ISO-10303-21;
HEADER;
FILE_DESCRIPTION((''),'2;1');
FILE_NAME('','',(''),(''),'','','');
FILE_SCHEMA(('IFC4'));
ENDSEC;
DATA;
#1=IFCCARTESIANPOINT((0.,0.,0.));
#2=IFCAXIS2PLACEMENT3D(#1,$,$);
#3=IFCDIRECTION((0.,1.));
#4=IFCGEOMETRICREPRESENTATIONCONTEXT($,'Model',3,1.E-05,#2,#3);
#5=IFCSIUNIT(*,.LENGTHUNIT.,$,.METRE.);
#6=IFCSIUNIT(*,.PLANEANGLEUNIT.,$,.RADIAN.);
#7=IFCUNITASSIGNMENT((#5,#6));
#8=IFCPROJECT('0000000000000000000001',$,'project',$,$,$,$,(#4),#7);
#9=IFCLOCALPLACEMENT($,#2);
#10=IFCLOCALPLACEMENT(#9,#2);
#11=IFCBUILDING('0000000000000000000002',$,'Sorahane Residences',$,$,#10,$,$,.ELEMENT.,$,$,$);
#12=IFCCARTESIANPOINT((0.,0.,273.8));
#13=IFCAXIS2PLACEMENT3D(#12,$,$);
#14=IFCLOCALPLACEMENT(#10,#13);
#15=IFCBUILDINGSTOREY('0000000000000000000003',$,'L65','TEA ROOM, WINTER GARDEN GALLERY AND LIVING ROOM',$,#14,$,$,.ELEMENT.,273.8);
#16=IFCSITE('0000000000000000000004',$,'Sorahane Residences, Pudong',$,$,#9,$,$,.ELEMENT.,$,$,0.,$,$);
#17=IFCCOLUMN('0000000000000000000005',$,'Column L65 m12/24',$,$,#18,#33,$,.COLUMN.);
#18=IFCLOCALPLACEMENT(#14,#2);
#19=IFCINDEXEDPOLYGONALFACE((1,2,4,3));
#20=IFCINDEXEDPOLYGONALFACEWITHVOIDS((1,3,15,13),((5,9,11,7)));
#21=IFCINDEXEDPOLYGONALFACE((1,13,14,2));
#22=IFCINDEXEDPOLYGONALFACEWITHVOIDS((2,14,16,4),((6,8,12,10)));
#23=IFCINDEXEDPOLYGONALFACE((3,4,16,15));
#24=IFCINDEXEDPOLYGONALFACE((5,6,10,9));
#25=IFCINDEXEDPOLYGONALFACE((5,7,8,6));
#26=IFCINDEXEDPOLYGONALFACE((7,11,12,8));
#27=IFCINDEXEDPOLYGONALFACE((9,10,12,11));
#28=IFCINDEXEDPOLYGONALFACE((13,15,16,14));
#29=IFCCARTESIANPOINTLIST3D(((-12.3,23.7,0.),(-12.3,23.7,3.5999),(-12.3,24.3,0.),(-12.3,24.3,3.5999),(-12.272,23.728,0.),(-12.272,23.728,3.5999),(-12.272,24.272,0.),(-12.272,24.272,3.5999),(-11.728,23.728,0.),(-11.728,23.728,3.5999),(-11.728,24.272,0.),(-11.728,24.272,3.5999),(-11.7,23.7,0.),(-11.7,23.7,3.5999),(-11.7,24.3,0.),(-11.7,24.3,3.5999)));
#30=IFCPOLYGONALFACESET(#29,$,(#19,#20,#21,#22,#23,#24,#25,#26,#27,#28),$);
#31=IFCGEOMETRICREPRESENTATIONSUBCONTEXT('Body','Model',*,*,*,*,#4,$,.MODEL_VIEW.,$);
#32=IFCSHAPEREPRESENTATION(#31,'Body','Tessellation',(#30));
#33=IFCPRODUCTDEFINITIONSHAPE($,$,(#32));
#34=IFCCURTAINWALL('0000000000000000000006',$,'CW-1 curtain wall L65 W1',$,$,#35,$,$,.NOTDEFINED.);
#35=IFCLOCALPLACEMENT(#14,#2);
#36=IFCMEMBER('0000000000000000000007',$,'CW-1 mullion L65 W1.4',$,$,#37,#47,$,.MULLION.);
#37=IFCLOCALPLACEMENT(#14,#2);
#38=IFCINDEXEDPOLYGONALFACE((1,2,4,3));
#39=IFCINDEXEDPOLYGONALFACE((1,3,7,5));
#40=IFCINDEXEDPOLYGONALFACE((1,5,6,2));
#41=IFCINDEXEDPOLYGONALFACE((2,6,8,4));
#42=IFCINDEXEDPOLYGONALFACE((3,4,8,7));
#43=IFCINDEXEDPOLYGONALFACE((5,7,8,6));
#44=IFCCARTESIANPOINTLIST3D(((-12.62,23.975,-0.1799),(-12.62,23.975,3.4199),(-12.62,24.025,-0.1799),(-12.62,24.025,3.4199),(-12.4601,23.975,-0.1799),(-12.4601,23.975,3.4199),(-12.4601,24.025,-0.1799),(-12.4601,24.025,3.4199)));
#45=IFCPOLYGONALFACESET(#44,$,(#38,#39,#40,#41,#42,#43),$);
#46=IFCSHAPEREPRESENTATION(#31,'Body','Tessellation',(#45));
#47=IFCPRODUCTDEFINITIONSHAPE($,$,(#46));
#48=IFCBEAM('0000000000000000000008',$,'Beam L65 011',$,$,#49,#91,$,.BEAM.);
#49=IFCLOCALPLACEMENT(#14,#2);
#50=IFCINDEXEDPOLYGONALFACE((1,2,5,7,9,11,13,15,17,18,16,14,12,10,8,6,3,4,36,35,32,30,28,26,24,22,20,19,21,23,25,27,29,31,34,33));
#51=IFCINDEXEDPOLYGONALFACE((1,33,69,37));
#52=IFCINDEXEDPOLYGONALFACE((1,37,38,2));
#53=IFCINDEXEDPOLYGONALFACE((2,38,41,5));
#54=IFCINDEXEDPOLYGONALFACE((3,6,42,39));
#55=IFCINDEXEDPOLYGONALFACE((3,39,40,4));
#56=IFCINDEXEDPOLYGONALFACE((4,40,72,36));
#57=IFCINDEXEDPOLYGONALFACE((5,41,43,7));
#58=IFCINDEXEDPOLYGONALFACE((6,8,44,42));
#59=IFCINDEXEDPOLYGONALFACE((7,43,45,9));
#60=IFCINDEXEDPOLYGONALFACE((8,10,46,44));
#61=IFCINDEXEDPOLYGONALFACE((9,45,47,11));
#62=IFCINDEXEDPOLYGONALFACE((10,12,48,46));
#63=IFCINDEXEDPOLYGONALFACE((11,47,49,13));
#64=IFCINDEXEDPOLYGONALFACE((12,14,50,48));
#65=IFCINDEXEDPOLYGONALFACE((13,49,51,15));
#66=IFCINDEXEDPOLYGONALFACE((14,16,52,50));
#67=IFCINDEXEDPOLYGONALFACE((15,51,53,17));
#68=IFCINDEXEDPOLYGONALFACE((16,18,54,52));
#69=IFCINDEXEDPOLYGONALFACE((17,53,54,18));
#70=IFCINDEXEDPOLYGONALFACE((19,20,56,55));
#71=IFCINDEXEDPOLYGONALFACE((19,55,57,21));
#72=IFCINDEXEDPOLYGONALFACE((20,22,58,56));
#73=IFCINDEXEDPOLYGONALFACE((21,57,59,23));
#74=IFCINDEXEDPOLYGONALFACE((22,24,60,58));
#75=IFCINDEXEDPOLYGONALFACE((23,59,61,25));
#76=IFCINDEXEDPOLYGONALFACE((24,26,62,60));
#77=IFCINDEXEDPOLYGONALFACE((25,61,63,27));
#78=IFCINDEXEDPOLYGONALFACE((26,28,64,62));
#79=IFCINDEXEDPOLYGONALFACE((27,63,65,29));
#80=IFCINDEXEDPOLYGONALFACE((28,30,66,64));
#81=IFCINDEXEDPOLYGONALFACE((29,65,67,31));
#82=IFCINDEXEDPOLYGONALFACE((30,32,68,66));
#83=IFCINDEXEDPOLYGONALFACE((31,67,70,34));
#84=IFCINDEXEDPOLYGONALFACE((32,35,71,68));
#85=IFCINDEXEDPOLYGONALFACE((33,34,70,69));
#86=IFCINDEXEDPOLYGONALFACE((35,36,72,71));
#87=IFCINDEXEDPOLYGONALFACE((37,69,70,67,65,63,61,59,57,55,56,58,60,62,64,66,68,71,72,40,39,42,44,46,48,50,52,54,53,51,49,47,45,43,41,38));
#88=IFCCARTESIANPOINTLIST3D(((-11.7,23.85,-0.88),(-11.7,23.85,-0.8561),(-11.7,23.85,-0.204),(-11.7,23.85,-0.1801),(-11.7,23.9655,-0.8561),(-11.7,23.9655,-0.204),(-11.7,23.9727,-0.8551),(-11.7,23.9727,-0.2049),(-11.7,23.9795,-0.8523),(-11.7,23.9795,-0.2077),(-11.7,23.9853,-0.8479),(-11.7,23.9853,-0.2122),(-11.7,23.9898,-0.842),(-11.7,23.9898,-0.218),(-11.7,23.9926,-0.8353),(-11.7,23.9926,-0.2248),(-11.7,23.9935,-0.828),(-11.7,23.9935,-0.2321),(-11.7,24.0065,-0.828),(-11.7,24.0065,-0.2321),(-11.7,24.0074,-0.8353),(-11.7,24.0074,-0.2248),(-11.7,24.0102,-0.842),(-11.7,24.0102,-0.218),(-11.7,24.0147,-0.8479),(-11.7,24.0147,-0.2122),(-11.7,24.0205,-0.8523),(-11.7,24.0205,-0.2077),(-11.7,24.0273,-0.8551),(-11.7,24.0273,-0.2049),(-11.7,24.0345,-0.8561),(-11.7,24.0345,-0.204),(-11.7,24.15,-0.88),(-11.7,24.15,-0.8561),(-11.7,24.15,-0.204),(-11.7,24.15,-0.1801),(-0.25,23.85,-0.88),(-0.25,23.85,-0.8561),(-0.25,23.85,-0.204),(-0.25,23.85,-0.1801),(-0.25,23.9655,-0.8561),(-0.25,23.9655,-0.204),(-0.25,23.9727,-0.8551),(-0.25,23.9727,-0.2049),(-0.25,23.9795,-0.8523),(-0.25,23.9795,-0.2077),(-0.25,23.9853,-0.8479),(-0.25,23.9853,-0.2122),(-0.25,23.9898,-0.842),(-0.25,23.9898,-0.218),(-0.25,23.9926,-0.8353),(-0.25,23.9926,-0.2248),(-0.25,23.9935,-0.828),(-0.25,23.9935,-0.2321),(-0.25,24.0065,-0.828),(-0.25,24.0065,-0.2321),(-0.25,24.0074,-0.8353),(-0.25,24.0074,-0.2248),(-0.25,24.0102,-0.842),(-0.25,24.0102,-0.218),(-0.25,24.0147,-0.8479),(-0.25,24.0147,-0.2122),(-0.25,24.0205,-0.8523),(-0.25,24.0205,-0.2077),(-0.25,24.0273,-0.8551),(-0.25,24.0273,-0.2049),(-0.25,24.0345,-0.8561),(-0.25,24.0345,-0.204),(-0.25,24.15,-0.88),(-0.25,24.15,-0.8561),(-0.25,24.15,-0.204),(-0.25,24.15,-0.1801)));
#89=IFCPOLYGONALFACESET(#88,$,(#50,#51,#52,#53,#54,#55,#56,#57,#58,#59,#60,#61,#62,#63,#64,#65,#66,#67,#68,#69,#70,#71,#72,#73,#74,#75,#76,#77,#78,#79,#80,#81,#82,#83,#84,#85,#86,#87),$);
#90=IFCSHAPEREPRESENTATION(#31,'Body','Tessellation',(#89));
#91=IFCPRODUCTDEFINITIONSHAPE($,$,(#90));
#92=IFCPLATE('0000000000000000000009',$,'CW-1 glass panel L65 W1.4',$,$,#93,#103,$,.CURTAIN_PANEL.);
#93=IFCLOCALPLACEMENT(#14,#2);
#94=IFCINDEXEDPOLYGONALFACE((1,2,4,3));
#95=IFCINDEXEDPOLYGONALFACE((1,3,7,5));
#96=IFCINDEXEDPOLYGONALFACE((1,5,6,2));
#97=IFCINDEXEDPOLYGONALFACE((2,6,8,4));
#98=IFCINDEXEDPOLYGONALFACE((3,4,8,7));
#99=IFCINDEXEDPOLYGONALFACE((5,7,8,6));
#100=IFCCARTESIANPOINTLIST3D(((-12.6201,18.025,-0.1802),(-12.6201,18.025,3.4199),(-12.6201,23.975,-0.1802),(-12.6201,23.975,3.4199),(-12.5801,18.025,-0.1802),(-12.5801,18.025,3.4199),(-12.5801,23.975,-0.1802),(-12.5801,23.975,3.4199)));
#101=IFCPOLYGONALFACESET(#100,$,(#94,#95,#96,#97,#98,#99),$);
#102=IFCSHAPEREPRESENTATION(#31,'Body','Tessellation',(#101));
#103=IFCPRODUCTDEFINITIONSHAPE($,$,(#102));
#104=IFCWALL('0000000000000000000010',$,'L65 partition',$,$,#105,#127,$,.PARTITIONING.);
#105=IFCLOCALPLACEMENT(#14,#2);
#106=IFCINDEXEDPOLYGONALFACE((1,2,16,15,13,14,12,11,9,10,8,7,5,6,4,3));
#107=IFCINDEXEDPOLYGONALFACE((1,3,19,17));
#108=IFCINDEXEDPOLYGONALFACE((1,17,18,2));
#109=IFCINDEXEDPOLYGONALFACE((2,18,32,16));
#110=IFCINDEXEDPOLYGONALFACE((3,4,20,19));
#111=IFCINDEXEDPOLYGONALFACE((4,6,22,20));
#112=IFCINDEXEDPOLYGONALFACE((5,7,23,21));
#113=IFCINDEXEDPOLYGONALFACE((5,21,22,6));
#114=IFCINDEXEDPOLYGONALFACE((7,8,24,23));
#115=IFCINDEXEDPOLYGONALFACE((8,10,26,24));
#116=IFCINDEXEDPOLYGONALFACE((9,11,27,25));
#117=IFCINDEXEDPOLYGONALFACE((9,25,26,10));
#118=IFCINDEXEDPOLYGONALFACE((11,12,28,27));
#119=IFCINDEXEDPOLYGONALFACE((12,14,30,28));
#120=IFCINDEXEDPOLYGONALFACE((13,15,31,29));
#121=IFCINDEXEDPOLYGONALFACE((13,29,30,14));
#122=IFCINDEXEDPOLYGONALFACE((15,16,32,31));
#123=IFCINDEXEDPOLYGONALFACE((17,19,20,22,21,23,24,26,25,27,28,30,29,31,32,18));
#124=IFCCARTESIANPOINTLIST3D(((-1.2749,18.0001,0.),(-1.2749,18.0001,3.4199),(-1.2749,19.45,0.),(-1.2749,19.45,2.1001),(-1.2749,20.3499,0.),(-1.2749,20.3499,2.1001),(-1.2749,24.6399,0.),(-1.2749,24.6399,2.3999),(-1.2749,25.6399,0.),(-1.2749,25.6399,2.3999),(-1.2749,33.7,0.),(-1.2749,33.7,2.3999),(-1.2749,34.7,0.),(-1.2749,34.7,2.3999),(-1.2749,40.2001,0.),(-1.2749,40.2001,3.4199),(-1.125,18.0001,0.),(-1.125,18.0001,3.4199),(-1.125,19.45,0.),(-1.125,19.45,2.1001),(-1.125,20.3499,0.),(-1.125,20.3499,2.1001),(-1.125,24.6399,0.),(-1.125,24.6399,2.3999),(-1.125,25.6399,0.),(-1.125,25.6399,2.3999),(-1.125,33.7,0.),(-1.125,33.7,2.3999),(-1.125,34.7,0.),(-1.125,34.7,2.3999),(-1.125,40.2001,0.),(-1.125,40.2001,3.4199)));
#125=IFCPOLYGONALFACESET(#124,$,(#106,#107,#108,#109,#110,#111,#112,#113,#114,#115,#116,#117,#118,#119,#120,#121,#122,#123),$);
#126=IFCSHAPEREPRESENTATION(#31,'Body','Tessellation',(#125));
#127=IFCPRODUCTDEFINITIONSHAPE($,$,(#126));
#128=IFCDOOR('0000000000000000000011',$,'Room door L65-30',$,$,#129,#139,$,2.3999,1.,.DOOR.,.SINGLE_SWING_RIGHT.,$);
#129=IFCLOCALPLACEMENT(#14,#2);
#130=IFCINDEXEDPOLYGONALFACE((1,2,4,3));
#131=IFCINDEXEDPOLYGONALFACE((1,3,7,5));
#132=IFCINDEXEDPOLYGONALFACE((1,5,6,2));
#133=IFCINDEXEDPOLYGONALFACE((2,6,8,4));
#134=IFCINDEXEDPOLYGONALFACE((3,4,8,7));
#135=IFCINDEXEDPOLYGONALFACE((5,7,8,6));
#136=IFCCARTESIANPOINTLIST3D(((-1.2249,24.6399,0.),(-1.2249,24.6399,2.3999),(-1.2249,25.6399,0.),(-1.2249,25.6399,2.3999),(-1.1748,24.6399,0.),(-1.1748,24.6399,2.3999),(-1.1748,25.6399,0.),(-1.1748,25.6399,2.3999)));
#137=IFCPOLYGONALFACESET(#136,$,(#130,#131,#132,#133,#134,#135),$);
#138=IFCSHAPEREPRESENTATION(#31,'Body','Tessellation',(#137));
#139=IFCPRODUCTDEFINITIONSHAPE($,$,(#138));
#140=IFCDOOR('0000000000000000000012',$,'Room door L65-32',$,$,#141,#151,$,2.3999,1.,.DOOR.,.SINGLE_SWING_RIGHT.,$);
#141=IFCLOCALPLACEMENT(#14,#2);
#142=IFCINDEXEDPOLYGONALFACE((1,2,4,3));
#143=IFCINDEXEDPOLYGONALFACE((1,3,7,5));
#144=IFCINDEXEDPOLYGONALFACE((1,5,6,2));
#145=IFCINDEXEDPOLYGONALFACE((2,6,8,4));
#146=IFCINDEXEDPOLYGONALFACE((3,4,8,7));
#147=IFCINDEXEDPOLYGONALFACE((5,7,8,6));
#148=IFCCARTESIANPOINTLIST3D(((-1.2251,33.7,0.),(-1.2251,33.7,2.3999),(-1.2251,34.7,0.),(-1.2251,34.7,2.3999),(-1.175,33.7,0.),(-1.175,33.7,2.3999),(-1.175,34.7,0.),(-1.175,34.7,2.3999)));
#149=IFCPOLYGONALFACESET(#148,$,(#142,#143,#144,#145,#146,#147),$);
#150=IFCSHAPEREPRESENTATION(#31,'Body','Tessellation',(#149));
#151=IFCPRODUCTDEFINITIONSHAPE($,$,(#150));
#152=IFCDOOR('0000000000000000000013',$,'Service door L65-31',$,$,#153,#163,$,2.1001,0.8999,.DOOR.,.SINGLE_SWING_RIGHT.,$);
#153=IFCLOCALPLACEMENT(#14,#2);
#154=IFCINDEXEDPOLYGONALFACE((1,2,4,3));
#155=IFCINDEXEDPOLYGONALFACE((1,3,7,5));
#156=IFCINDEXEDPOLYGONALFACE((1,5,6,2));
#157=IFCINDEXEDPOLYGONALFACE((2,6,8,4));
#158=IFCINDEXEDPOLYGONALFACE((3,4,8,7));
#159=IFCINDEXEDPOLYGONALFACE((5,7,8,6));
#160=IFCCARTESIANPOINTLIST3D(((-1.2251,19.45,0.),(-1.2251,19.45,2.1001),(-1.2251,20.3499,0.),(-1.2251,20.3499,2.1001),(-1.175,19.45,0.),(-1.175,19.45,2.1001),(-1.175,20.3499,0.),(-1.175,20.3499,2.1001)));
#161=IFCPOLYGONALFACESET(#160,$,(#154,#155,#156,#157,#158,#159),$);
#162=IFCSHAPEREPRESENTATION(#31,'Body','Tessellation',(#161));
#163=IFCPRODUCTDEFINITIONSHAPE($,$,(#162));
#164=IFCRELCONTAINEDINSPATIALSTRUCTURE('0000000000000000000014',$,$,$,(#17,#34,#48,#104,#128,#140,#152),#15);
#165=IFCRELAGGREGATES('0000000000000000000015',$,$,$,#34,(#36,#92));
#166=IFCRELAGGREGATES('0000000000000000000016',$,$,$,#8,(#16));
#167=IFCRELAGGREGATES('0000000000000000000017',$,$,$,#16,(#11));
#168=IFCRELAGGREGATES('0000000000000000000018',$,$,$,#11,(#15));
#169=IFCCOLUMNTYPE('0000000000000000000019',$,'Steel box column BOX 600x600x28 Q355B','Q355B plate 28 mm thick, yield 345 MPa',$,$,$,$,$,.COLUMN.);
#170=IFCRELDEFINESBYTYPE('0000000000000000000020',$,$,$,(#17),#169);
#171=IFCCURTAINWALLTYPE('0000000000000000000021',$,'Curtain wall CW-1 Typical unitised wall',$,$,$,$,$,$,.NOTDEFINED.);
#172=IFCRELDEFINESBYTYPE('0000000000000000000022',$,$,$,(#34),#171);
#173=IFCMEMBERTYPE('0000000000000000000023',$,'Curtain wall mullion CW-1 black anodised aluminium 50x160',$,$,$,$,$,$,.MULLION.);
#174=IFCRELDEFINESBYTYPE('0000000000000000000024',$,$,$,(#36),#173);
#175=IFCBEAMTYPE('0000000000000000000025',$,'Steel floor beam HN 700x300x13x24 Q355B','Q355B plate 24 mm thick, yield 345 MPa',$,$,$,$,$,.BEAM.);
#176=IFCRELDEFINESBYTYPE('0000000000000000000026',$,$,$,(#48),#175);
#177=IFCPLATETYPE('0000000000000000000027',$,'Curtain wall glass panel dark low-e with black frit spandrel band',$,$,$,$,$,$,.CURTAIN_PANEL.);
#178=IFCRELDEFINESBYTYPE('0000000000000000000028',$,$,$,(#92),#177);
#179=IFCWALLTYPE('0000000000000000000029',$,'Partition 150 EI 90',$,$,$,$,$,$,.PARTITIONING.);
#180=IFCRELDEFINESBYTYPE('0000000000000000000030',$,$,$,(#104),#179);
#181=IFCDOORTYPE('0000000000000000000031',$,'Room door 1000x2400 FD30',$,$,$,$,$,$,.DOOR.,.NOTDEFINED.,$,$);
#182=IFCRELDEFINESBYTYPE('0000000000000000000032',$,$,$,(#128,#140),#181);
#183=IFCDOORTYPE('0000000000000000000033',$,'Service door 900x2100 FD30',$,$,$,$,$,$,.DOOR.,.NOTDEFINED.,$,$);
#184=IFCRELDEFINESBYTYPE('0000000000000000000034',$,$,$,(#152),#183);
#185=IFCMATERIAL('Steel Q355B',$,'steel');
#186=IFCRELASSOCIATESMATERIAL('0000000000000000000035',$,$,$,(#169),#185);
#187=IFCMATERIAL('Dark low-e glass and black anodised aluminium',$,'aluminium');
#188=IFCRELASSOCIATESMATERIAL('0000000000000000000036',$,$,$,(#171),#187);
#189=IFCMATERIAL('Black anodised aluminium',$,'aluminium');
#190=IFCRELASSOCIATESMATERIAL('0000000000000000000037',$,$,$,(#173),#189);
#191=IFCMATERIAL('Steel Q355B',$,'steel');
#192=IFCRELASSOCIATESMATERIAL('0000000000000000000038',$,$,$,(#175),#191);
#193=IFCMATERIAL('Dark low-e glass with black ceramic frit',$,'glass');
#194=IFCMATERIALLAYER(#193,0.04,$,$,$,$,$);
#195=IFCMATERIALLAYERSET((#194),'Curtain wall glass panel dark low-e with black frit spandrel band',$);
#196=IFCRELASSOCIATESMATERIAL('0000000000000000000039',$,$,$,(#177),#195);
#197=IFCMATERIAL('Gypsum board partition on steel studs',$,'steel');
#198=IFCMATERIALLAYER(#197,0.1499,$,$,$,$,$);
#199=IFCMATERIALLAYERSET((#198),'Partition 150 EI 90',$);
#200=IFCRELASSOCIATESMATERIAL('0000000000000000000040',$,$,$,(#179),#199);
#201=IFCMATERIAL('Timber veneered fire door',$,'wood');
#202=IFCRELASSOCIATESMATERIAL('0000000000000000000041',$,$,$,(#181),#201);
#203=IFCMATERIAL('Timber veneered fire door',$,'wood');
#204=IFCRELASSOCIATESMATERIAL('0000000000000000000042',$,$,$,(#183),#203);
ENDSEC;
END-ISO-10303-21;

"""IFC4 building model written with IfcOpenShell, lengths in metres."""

from ifc_helpers import new_model, si_unit, direction, frame, frame_2d, origin, origin_2d, place, context, subcontext, project, spatial, rectangle, hollow_rectangle, i_section, extrude, material, layer, layer_set, material_profile, profile_set, type_object, element, fill, aggregate, save


model = new_model("IFC4")

# Units and contexts
model_context = context("Model", 3, precision=1e-05, world=origin(), true_north=direction((0.0, 1.0)))
body_context = subcontext(model_context, "Body", "Model", "MODEL_VIEW")
ifc_project = project(units=[si_unit("LENGTHUNIT", "METRE"), si_unit("PLANEANGLEUNIT", "RADIAN")], contexts=[model_context])

# Site, building, storey
site_placement = place(None, origin())
site = spatial("IfcSite", under=ifc_project, at=site_placement, Name="Sorahane Residences, Pudong", CompositionType="ELEMENT", RefElevation=0.0)
building_placement = place(site_placement, origin())
building = spatial("IfcBuilding", under=site, at=building_placement, Name="Sorahane Residences", CompositionType="ELEMENT")
storey_placement = place(building_placement, frame((0.0, 0.0, 273.8)))
storey = spatial("IfcBuildingStorey", under=building, at=storey_placement, Name="L65", Description="TEA ROOM, WINTER GARDEN GALLERY AND LIVING ROOM", CompositionType="ELEMENT", Elevation=273.8)

# Column
ifc_material_1 = material(Name="Steel Q355B", Category="steel")
ifc_material_profile_1 = material_profile(ifc_material_1, hollow_rectangle(XDim=0.6001, YDim=0.6001, WallThickness=0.0281, at=origin_2d()), Name="BOX 600x600x28")
ifc_profile_set_1 = profile_set([ifc_material_profile_1], Name="Steel Q355B")
column_type = type_object("IfcColumnType", Name="Steel box column BOX 600x600x28 Q355B", Description="Q355B plate 28 mm thick, yield 345 MPa", PredefinedType="COLUMN", material=ifc_profile_set_1)
column_placement = place(storey_placement, frame((-12.0, 24.0, 0.0), z_axis=(0.0, 0.0, 1.0), x_axis=(1.0, 0.0, 0.0)))
element("IfcColumn", 1, at=column_placement, inside=storey, type_object=column_type, Name="Column L65 m12/24", PredefinedType="COLUMN", context=body_context, shape_type="SweptSolid", body=[
    extrude(hollow_rectangle(XDim=0.6001, YDim=0.6001, WallThickness=0.0281, at=origin_2d()), origin(), (0.0, 0.0, 1.0), 3.5999),
])

# Curtain wall, member
ifc_material_2 = material(Name="Dark low-e glass and black anodised aluminium", Category="aluminium")
curtain_wall_type = type_object("IfcCurtainWallType", Name="Curtain wall CW-1 Typical unitised wall", PredefinedType="NOTDEFINED", material=ifc_material_2)
curtain_wall_placement = place(storey_placement, origin())
curtain_wall = element("IfcCurtainWall", 2, at=curtain_wall_placement, inside=storey, type_object=curtain_wall_type, Name="CW-1 curtain wall L65 W1", PredefinedType="NOTDEFINED")
ifc_material_3 = material(Name="Black anodised aluminium", Category="aluminium")
ifc_material_profile_2 = material_profile(ifc_material_3, rectangle(XDim=0.1599, YDim=0.05, at=origin_2d()), Name="Curtain wall mullion CW-1 black anodised aluminium 50x160")
ifc_profile_set_2 = profile_set([ifc_material_profile_2], Name="Black anodised aluminium")
member_type = type_object("IfcMemberType", Name="Curtain wall mullion CW-1 black anodised aluminium 50x160", PredefinedType="MULLION", material=ifc_profile_set_2)
member_placement = place(storey_placement, frame((-12.54, 24.0, -0.1799), z_axis=(0.0, 0.0, 1.0), x_axis=(-1.0, 0.0, 0.0)))
member = element("IfcMember", 3, at=member_placement, type_object=member_type, Name="CW-1 mullion L65 W1.4", PredefinedType="MULLION", context=body_context, shape_type="SweptSolid", body=[
    extrude(rectangle(XDim=0.1599, YDim=0.05, at=origin_2d()), origin(), (0.0, 0.0, 1.0), 3.5999),
])

# Beam
ifc_material_4 = material(Name="Steel Q355B", Category="steel")
ifc_material_profile_3 = material_profile(ifc_material_4, i_section(OverallWidth=0.3, OverallDepth=0.7, WebThickness=0.0129, FlangeThickness=0.0239, FilletRadius=0.0281, at=origin_2d()), Name="HN 700x300x13x24")
ifc_profile_set_3 = profile_set([ifc_material_profile_3], Name="Steel Q355B")
beam_type = type_object("IfcBeamType", Name="Steel floor beam HN 700x300x13x24 Q355B", Description="Q355B plate 24 mm thick, yield 345 MPa", PredefinedType="BEAM", material=ifc_profile_set_3)
beam_placement = place(storey_placement, frame((-11.7, 24.0, -0.53), z_axis=(1.0, 0.0, 0.0), x_axis=(0.0, 1.0, 0.0)))
element("IfcBeam", 4, at=beam_placement, inside=storey, type_object=beam_type, Name="Beam L65 011", PredefinedType="BEAM", context=body_context, shape_type="SweptSolid", body=[
    extrude(i_section(OverallWidth=0.3, OverallDepth=0.7, WebThickness=0.0129, FlangeThickness=0.0239, FilletRadius=0.0281, at=origin_2d()), origin(), (0.0, 0.0, 1.0), 11.45),
])

# Plate
ifc_material_5 = material(Name="Dark low-e glass with black ceramic frit", Category="glass")
ifc_layer_1 = layer(ifc_material_5, 0.04)
ifc_layer_set_1 = layer_set([ifc_layer_1], Name="Curtain wall glass panel dark low-e with black frit spandrel band")
plate_type = type_object("IfcPlateType", Name="Curtain wall glass panel dark low-e with black frit spandrel band", PredefinedType="CURTAIN_PANEL", material=ifc_layer_set_1)
plate_placement = place(storey_placement, frame((-12.6001, 21.0, -0.1802), z_axis=(0.0, 0.0, 1.0), x_axis=(0.0, -1.0, 0.0)))
plate = element("IfcPlate", 5, at=plate_placement, type_object=plate_type, Name="CW-1 glass panel L65 W1.4", PredefinedType="CURTAIN_PANEL", context=body_context, shape_type="SweptSolid", body=[
    extrude(rectangle(XDim=5.95, YDim=0.04, at=origin_2d()), origin(), (0.0, 0.0, 1.0), 3.6001),
])
aggregate(curtain_wall, [member, plate])

# Wall, openings, doors
ifc_material_6 = material(Name="Gypsum board partition on steel studs", Category="steel")
ifc_layer_2 = layer(ifc_material_6, 0.1499)
ifc_layer_set_2 = layer_set([ifc_layer_2], Name="Partition 150 EI 90")
wall_type_1 = type_object("IfcWallType", Name="Partition 150 EI 90", PredefinedType="PARTITIONING", material=ifc_layer_set_2)
wall_1_placement = place(storey_placement, frame((-1.2, 18.0, 0.0), z_axis=(0.0, 0.0, 1.0), x_axis=(0.0, 1.0, 0.0)))
wall_1 = element("IfcWall", 6, at=wall_1_placement, inside=storey, type_object=wall_type_1, Name="L65 partition", PredefinedType="PARTITIONING", context=body_context, shape_type="SweptSolid", body=[
    extrude(rectangle(XDim=22.2, YDim=0.1499, at=frame_2d((11.1001, 0.0))), origin(), (0.0, 0.0, 1.0), 3.4199),
])
opening_1_placement = place(wall_1_placement, frame((6.6399, 0.0, 0.0)))
opening_1 = element("IfcOpeningElement", 7, at=opening_1_placement, cuts=wall_1, PredefinedType="OPENING", context=body_context, shape_type="SweptSolid", body=[
    extrude(rectangle(XDim=1.0, YDim=2.3999, at=frame_2d((0.5, 1.2))), frame((0.0, 0.085, 0.0), z_axis=(0.0, -1.0, 0.0), x_axis=(1.0, 0.0, 0.0)), (0.0, 0.0, 1.0), 0.1699),
])
opening_2_placement = place(wall_1_placement, frame((1.45, 0.0, 0.0)))
opening_2 = element("IfcOpeningElement", 8, at=opening_2_placement, cuts=wall_1, PredefinedType="OPENING", context=body_context, shape_type="SweptSolid", body=[
    extrude(rectangle(XDim=0.8999, YDim=2.1001, at=frame_2d((0.45, 1.05))), frame((0.0, 0.085, 0.0), z_axis=(0.0, -1.0, 0.0), x_axis=(1.0, 0.0, 0.0)), (0.0, 0.0, 1.0), 0.1699),
])
opening_3_placement = place(wall_1_placement, frame((15.7, 0.0, 0.0)))
opening_3 = element("IfcOpeningElement", 9, at=opening_3_placement, cuts=wall_1, PredefinedType="OPENING", context=body_context, shape_type="SweptSolid", body=[
    extrude(rectangle(XDim=1.0, YDim=2.3999, at=frame_2d((0.5, 1.2))), frame((0.0, 0.085, 0.0), z_axis=(0.0, -1.0, 0.0), x_axis=(1.0, 0.0, 0.0)), (0.0, 0.0, 1.0), 0.1699),
])
ifc_material_7 = material(Name="Timber veneered fire door", Category="wood")
door_type_1 = type_object("IfcDoorType", Name="Room door 1000x2400 FD30", OperationType="NOTDEFINED", PredefinedType="DOOR", material=ifc_material_7)
door_1_placement = place(opening_1_placement, origin())
door_1 = element("IfcDoor", 10, at=door_1_placement, inside=storey, type_object=door_type_1, Name="Room door L65-30", OperationType="SINGLE_SWING_RIGHT", OverallHeight=2.3999, OverallWidth=1.0, PredefinedType="DOOR", context=body_context, shape_type="SweptSolid", body=[
    extrude(rectangle(XDim=1.0, YDim=2.3999, at=frame_2d((0.5, 1.2))), frame((0.0, 0.0249, 0.0), z_axis=(0.0, -1.0, 0.0), x_axis=(1.0, 0.0, 0.0)), (0.0, 0.0, 1.0), 0.05),
])
fill(opening_1, door_1)
door_2_placement = place(opening_3_placement, frame((1.0, 0.0, 0.0), z_axis=(0.0, 0.0, 1.0), x_axis=(-1.0, 0.0, 0.0)))
door_2 = element("IfcDoor", 11, at=door_2_placement, inside=storey, type_object=door_type_1, Name="Room door L65-32", OperationType="SINGLE_SWING_RIGHT", OverallHeight=2.3999, OverallWidth=1.0, PredefinedType="DOOR", context=body_context, shape_type="SweptSolid", body=[
    extrude(rectangle(XDim=1.0, YDim=2.3999, at=frame_2d((0.5, 1.2))), frame((0.0, 0.0249, 0.0), z_axis=(0.0, -1.0, 0.0), x_axis=(1.0, 0.0, 0.0)), (0.0, 0.0, 1.0), 0.05),
])
fill(opening_3, door_2)
ifc_material_8 = material(Name="Timber veneered fire door", Category="wood")
door_type_2 = type_object("IfcDoorType", Name="Service door 900x2100 FD30", OperationType="NOTDEFINED", PredefinedType="DOOR", material=ifc_material_8)
door_3_placement = place(opening_2_placement, frame((0.8999, 0.0, 0.0), z_axis=(0.0, 0.0, 1.0), x_axis=(-1.0, 0.0, 0.0)))
door_3 = element("IfcDoor", 12, at=door_3_placement, inside=storey, type_object=door_type_2, Name="Service door L65-31", OperationType="SINGLE_SWING_RIGHT", OverallHeight=2.1001, OverallWidth=0.8999, PredefinedType="DOOR", context=body_context, shape_type="SweptSolid", body=[
    extrude(rectangle(XDim=0.8999, YDim=2.1001, at=frame_2d((0.45, 1.05))), frame((0.0, 0.0249, 0.0), z_axis=(0.0, -1.0, 0.0), x_axis=(1.0, 0.0, 0.0)), (0.0, 0.0, 1.0), 0.05),
])
fill(opening_2, door_3)

save(model, "model.ifc")
